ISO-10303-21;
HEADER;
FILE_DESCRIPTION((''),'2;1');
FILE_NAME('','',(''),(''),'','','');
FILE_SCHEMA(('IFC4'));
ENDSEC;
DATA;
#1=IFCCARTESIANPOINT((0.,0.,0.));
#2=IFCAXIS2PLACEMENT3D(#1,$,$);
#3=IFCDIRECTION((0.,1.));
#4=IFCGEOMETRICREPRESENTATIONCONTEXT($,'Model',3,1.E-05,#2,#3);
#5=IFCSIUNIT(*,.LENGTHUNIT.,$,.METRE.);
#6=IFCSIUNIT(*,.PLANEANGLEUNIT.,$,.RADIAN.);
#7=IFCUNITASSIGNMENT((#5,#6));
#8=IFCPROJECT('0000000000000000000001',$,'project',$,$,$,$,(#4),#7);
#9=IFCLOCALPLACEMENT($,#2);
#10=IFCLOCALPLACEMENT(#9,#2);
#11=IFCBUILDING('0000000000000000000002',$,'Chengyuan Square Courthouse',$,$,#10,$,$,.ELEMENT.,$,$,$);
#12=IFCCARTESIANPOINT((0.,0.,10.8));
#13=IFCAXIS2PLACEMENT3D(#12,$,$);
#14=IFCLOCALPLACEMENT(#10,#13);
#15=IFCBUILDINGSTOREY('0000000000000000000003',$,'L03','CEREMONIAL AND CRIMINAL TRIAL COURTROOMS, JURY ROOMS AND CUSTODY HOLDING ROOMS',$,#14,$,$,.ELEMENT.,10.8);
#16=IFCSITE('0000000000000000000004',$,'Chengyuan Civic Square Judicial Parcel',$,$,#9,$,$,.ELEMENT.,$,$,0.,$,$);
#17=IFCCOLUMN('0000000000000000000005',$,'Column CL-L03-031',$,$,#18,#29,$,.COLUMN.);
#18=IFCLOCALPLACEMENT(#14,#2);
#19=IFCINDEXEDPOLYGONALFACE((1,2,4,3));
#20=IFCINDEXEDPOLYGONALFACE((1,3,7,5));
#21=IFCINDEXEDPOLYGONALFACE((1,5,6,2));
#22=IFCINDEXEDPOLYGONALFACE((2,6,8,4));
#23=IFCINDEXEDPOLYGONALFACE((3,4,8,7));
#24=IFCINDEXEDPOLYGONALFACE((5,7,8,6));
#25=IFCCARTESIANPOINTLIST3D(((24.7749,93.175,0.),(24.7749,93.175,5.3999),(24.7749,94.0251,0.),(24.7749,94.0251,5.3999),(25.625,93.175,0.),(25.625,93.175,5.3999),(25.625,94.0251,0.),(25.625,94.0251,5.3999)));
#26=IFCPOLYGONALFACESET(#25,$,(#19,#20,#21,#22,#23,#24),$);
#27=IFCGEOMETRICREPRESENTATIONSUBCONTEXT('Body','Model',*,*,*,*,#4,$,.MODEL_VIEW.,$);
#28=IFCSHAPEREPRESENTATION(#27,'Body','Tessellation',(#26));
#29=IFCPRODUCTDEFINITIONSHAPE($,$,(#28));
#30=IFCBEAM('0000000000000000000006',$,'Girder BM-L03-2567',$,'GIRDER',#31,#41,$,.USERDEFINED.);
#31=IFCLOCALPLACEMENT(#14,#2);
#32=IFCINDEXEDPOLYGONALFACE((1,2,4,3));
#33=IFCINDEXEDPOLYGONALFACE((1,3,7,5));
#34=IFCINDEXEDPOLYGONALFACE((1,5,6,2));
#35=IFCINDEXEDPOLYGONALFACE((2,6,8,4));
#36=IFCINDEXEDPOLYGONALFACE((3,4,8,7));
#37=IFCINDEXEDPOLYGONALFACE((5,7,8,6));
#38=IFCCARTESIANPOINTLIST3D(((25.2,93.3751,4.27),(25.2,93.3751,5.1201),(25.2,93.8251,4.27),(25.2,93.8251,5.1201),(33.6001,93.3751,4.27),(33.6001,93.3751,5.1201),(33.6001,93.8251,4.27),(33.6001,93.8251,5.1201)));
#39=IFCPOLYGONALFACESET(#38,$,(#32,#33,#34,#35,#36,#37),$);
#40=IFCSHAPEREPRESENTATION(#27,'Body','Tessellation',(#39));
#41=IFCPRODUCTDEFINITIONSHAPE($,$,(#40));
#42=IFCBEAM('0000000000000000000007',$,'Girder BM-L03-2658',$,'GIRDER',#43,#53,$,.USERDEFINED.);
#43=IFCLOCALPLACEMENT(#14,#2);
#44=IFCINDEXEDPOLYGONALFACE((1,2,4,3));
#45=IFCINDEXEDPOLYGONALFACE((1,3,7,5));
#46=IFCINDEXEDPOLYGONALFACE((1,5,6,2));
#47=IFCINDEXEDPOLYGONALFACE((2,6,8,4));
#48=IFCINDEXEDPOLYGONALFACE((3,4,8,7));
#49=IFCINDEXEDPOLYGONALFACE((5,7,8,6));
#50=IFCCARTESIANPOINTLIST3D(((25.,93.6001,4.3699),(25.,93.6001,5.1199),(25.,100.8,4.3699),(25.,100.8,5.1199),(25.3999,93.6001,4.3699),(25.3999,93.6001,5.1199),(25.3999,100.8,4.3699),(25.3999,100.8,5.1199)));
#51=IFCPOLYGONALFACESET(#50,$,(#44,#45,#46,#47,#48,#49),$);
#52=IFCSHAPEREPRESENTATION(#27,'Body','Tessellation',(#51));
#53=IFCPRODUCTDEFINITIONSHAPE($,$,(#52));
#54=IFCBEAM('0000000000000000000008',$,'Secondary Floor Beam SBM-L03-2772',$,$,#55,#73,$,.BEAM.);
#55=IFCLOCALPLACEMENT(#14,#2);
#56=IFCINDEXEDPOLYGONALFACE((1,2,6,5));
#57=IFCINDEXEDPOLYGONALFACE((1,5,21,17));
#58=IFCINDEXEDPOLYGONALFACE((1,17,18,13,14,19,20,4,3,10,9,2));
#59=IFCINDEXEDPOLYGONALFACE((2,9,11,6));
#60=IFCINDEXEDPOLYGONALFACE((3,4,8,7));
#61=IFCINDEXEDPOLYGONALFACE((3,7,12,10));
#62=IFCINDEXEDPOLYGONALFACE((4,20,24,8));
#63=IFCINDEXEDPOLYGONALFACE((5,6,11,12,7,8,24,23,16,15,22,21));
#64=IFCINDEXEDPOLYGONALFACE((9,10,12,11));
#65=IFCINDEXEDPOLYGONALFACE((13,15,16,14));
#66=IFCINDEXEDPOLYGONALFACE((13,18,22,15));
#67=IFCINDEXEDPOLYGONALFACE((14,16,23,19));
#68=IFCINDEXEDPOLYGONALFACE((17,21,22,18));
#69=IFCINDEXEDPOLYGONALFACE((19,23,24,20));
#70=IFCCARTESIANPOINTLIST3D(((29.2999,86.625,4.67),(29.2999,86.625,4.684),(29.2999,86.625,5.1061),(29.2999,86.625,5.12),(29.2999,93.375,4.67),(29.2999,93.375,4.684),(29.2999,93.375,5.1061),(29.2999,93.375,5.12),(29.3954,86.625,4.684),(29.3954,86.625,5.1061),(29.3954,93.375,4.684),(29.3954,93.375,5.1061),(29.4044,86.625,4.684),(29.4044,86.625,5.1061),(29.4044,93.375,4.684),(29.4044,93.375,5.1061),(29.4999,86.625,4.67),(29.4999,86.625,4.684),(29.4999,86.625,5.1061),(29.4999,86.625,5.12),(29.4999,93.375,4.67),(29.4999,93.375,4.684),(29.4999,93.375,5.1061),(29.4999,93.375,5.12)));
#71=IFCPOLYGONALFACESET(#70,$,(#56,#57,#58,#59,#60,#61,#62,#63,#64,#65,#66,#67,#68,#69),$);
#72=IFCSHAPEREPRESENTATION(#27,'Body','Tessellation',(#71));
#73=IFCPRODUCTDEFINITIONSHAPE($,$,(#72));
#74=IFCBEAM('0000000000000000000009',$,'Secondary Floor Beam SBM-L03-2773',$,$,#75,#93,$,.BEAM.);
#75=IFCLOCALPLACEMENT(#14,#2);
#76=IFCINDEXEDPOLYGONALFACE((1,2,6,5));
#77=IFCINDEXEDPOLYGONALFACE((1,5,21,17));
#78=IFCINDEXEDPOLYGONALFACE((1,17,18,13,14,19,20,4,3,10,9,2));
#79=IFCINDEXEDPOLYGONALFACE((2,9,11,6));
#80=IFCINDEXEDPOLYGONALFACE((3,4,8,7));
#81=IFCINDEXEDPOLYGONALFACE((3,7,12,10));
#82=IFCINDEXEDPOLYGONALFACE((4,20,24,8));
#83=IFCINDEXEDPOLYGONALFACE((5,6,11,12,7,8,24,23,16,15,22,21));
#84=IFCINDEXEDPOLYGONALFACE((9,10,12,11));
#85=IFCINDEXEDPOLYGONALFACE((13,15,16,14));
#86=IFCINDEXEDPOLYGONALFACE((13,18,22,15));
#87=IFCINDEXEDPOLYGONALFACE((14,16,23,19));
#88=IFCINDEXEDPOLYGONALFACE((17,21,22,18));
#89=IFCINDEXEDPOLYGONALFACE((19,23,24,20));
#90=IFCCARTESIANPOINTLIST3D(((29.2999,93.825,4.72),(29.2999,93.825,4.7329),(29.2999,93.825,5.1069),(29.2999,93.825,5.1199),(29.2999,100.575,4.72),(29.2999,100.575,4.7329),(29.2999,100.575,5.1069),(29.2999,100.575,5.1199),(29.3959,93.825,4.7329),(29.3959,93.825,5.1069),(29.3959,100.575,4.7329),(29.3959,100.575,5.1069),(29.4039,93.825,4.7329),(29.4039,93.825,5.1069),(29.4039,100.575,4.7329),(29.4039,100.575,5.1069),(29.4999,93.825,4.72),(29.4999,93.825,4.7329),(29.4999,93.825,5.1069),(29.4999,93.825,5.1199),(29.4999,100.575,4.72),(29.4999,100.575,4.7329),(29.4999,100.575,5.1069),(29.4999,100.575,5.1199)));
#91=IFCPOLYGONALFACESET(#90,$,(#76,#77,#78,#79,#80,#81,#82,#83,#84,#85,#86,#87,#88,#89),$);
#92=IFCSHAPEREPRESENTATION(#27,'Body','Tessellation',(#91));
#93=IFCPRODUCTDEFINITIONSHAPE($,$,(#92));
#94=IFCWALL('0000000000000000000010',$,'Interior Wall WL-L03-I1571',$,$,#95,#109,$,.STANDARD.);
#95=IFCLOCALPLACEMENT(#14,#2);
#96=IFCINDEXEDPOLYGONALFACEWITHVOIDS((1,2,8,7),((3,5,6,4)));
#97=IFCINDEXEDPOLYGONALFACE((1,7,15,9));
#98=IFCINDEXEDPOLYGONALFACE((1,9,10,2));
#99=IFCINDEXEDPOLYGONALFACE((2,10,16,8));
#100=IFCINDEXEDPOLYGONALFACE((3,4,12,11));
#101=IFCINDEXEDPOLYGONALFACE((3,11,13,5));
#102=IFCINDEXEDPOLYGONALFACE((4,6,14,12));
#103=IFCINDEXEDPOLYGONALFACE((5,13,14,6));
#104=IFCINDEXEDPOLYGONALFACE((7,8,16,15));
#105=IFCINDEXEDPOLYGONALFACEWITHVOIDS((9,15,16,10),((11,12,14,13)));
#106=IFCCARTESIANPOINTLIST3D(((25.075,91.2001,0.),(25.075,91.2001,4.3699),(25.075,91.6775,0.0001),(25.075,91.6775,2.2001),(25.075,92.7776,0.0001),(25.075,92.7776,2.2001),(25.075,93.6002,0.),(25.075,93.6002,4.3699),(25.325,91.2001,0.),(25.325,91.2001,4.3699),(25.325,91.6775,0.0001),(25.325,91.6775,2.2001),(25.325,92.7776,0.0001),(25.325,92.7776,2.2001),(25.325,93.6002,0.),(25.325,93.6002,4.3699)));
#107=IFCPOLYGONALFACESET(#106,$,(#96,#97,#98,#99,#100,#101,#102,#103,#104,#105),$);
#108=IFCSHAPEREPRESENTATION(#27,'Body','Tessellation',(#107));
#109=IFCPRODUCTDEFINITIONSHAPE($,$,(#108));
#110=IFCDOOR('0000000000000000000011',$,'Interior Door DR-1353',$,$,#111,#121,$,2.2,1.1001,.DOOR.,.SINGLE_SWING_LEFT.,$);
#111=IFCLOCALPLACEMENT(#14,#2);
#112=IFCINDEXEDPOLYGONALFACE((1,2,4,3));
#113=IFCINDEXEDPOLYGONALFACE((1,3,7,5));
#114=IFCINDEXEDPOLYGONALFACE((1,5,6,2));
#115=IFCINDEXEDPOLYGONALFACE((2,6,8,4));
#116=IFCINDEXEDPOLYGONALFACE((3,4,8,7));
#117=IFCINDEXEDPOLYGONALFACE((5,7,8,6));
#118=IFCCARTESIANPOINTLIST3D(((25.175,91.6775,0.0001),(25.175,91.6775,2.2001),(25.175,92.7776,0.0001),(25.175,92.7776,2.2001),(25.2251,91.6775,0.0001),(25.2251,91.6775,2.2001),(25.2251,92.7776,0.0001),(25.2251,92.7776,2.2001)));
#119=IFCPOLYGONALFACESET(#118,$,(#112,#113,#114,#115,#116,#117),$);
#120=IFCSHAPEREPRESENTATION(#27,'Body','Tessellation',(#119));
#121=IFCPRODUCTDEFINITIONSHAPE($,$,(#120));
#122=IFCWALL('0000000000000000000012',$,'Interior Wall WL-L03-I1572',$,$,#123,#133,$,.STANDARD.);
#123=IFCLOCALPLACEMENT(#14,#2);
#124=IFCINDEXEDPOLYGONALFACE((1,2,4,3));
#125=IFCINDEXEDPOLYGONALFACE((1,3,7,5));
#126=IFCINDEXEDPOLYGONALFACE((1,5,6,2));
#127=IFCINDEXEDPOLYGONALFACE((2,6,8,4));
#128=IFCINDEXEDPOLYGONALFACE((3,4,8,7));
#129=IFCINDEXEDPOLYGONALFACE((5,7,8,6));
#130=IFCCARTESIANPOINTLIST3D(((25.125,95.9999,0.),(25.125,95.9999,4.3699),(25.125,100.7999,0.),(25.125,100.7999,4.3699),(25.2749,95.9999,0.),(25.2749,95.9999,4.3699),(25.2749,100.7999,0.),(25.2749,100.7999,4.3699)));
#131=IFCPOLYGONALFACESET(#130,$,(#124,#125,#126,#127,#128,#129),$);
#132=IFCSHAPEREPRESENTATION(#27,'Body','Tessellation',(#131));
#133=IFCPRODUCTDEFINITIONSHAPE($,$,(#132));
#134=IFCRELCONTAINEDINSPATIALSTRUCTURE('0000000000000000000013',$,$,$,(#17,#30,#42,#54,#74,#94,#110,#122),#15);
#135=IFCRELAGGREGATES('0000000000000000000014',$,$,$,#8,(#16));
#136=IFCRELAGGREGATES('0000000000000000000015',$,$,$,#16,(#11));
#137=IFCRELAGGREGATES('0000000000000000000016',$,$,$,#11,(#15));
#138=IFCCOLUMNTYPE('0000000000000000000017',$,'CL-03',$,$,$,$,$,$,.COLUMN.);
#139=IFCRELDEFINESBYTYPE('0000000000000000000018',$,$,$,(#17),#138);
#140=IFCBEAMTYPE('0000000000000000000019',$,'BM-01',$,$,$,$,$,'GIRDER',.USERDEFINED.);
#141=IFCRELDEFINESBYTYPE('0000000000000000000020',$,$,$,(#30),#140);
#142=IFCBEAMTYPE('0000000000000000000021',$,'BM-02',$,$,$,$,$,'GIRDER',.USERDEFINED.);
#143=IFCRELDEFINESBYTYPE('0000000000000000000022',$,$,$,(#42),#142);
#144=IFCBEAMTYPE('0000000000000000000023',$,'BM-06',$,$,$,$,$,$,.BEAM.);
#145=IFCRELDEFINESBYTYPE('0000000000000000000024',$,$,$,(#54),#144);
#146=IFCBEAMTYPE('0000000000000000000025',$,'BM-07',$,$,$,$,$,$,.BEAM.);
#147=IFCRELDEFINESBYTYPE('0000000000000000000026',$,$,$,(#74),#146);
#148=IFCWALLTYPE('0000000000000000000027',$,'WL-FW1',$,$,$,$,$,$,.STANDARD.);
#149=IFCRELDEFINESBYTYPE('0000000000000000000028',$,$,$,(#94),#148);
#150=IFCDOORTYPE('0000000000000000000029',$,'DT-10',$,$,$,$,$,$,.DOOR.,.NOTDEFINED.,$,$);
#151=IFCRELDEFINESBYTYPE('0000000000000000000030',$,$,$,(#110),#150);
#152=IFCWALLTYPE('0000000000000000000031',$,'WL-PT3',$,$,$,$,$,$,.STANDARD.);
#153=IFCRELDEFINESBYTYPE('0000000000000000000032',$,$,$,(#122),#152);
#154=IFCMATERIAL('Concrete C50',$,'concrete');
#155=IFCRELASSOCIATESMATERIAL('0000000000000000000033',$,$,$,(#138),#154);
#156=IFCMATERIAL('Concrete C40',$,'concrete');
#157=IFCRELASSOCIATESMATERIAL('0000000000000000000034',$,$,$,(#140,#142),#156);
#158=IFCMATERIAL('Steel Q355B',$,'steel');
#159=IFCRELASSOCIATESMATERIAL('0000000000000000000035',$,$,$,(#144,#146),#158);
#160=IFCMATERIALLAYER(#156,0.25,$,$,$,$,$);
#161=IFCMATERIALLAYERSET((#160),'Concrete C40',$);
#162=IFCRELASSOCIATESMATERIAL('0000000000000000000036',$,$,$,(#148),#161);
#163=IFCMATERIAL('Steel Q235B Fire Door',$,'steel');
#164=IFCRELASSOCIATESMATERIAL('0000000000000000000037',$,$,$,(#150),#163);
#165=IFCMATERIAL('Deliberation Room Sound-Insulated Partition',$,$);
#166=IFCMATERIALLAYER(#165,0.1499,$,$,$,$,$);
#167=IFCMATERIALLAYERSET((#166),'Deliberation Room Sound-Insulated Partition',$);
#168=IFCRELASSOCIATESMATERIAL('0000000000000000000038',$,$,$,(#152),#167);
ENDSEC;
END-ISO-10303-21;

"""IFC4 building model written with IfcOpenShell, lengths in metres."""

from ifc_helpers import new_model, si_unit, direction, frame, frame_2d, origin, origin_2d, place, context, subcontext, project, spatial, rectangle, i_section, extrude, material, layer, layer_set, material_profile, profile_set, type_object, element, fill, save


model = new_model("IFC4")

# Units and contexts
model_context = context("Model", 3, precision=1e-05, world=origin(), true_north=direction((0.0, 1.0)))
body_context = subcontext(model_context, "Body", "Model", "MODEL_VIEW")
ifc_project = project(units=[si_unit("LENGTHUNIT", "METRE"), si_unit("PLANEANGLEUNIT", "RADIAN")], contexts=[model_context])

# Site, building, storey
site_placement = place(None, origin())
site = spatial("IfcSite", under=ifc_project, at=site_placement, Name="Chengyuan Civic Square Judicial Parcel", CompositionType="ELEMENT", RefElevation=0.0)
building_placement = place(site_placement, origin())
building = spatial("IfcBuilding", under=site, at=building_placement, Name="Chengyuan Square Courthouse", CompositionType="ELEMENT")
storey_placement = place(building_placement, frame((0.0, 0.0, 10.8)))
storey = spatial("IfcBuildingStorey", under=building, at=storey_placement, Name="L03", Description="CEREMONIAL AND CRIMINAL TRIAL COURTROOMS, JURY ROOMS AND CUSTODY HOLDING ROOMS", CompositionType="ELEMENT", Elevation=10.8)

# Column
ifc_material_1 = material(Name="Concrete C50", Category="concrete")
ifc_material_profile_1 = material_profile(ifc_material_1, rectangle(XDim=0.8501, YDim=0.8501, at=origin_2d()), Name="RC-COL-850x850")
ifc_profile_set_1 = profile_set([ifc_material_profile_1], Name="Concrete C50")
column_type = type_object("IfcColumnType", Name="CL-03", PredefinedType="COLUMN", material=ifc_profile_set_1)
column_placement = place(storey_placement, frame((25.2, 93.6001, 0.0), z_axis=(0.0, 0.0, 1.0), x_axis=(1.0, 0.0, 0.0)))
element("IfcColumn", 1, at=column_placement, inside=storey, type_object=column_type, Name="Column CL-L03-031", PredefinedType="COLUMN", context=body_context, shape_type="SweptSolid", body=[
    extrude(rectangle(XDim=0.8501, YDim=0.8501, at=origin_2d()), origin(), (0.0, 0.0, 1.0), 5.3999),
])

# Beams
ifc_material_2 = material(Name="Concrete C40", Category="concrete")
ifc_material_profile_2 = material_profile(ifc_material_2, rectangle(XDim=0.45, YDim=0.8501, at=origin_2d()), Name="RC-BM-450x850")
ifc_profile_set_2 = profile_set([ifc_material_profile_2], Name="Concrete C40")
beam_type_1 = type_object("IfcBeamType", Name="BM-01", ElementType="GIRDER", PredefinedType="USERDEFINED", material=ifc_profile_set_2)
beam_1_placement = place(storey_placement, frame((25.2, 93.6001, 4.6951), z_axis=(1.0, 0.0, 0.0), x_axis=(0.0, 1.0, 0.0)))
element("IfcBeam", 2, at=beam_1_placement, inside=storey, type_object=beam_type_1, Name="Girder BM-L03-2567", ObjectType="GIRDER", PredefinedType="USERDEFINED", context=body_context, shape_type="SweptSolid", body=[
    extrude(rectangle(XDim=0.45, YDim=0.8501, at=origin_2d()), origin(), (0.0, 0.0, 1.0), 8.4001),
])
ifc_material_profile_3 = material_profile(ifc_material_2, rectangle(XDim=0.3999, YDim=0.75, at=origin_2d()), Name="RC-BM-400x750")
ifc_profile_set_3 = profile_set([ifc_material_profile_3], Name="Concrete C40")
beam_type_2 = type_object("IfcBeamType", Name="BM-02", ElementType="GIRDER", PredefinedType="USERDEFINED", material=ifc_profile_set_3)
beam_2_placement = place(storey_placement, frame((25.2, 93.6001, 4.7449), z_axis=(0.0, 1.0, 0.0), x_axis=(-1.0, 0.0, 0.0)))
element("IfcBeam", 3, at=beam_2_placement, inside=storey, type_object=beam_type_2, Name="Girder BM-L03-2658", ObjectType="GIRDER", PredefinedType="USERDEFINED", context=body_context, shape_type="SweptSolid", body=[
    extrude(rectangle(XDim=0.3999, YDim=0.75, at=origin_2d()), origin(), (0.0, 0.0, 1.0), 7.2),
])
ifc_material_3 = material(Name="Steel Q355B", Category="steel")
ifc_material_profile_4 = material_profile(ifc_material_3, i_section(OverallWidth=0.2, OverallDepth=0.45, WebThickness=0.009, FlangeThickness=0.0139, at=origin_2d()), Name="HN 450x200x9x14")
ifc_profile_set_4 = profile_set([ifc_material_profile_4], Name="Steel Q355B")
beam_type_3 = type_object("IfcBeamType", Name="BM-06", PredefinedType="BEAM", material=ifc_profile_set_4)
beam_3_placement = place(storey_placement, frame((29.3999, 86.625, 4.895), z_axis=(0.0, 1.0, 0.0), x_axis=(-1.0, 0.0, 0.0)))
element("IfcBeam", 4, at=beam_3_placement, inside=storey, type_object=beam_type_3, Name="Secondary Floor Beam SBM-L03-2772", PredefinedType="BEAM", context=body_context, shape_type="SweptSolid", body=[
    extrude(i_section(OverallWidth=0.2, OverallDepth=0.45, WebThickness=0.009, FlangeThickness=0.0139, at=origin_2d()), origin(), (0.0, 0.0, 1.0), 6.75),
])
ifc_material_profile_5 = material_profile(ifc_material_3, i_section(OverallWidth=0.2, OverallDepth=0.3999, WebThickness=0.0081, FlangeThickness=0.0129, at=origin_2d()), Name="HN 400x200x8x13")
ifc_profile_set_5 = profile_set([ifc_material_profile_5], Name="Steel Q355B")
beam_type_4 = type_object("IfcBeamType", Name="BM-07", PredefinedType="BEAM", material=ifc_profile_set_5)
beam_4_placement = place(storey_placement, frame((29.3999, 93.825, 4.9199), z_axis=(0.0, 1.0, 0.0), x_axis=(-1.0, 0.0, 0.0)))
element("IfcBeam", 5, at=beam_4_placement, inside=storey, type_object=beam_type_4, Name="Secondary Floor Beam SBM-L03-2773", PredefinedType="BEAM", context=body_context, shape_type="SweptSolid", body=[
    extrude(i_section(OverallWidth=0.2, OverallDepth=0.3999, WebThickness=0.0081, FlangeThickness=0.0129, at=origin_2d()), origin(), (0.0, 0.0, 1.0), 6.75),
])

# Wall, opening, door
ifc_layer_1 = layer(ifc_material_2, 0.25)
ifc_layer_set_1 = layer_set([ifc_layer_1], Name="Concrete C40")
wall_type_1 = type_object("IfcWallType", Name="WL-FW1", PredefinedType="STANDARD", material=ifc_layer_set_1)
wall_1_placement = place(storey_placement, frame((25.2, 91.2, 0.0), z_axis=(0.0, 0.0, 1.0), x_axis=(0.0, 1.0, 0.0)))
wall_1 = element("IfcWall", 6, at=wall_1_placement, inside=storey, type_object=wall_type_1, Name="Interior Wall WL-L03-I1571", PredefinedType="STANDARD", context=body_context, shape_type="SweptSolid", body=[
    extrude(rectangle(XDim=2.4001, YDim=0.25, at=frame_2d((1.2002, 0.0))), origin(), (0.0, 0.0, 1.0), 4.3699),
])
opening_1_placement = place(wall_1_placement, frame((0.4775, 0.0, 0.0)))
opening_1 = element("IfcOpeningElement", 7, at=opening_1_placement, cuts=wall_1, PredefinedType="OPENING", context=body_context, shape_type="SweptSolid", body=[
    extrude(rectangle(XDim=1.1001, YDim=2.2, at=frame_2d((0.55, 1.1001))), frame((0.0, 0.137, 0.0), z_axis=(0.0, -1.0, 0.0), x_axis=(1.0, 0.0, 0.0)), (0.0, 0.0, 1.0), 0.2739),
])
ifc_material_4 = material(Name="Steel Q235B Fire Door", Category="steel")
door_type_1 = type_object("IfcDoorType", Name="DT-10", OperationType="NOTDEFINED", PredefinedType="DOOR", material=ifc_material_4)
door_1_placement = place(opening_1_placement, origin())
door_1 = element("IfcDoor", 8, at=door_1_placement, inside=storey, type_object=door_type_1, Name="Interior Door DR-1353", OperationType="SINGLE_SWING_LEFT", OverallHeight=2.2, OverallWidth=1.1001, PredefinedType="DOOR", context=body_context, shape_type="SweptSolid", body=[
    extrude(rectangle(XDim=1.1001, YDim=2.2, at=frame_2d((0.55, 1.1001))), frame((0.0, 0.0249, 0.0), z_axis=(0.0, -1.0, 0.0), x_axis=(1.0, 0.0, 0.0)), (0.0, 0.0, 1.0), 0.05),
])
fill(opening_1, door_1)

# Wall
ifc_material_5 = material(Name="Deliberation Room Sound-Insulated Partition")
ifc_layer_2 = layer(ifc_material_5, 0.1499)
ifc_layer_set_2 = layer_set([ifc_layer_2], Name="Deliberation Room Sound-Insulated Partition")
wall_type_2 = type_object("IfcWallType", Name="WL-PT3", PredefinedType="STANDARD", material=ifc_layer_set_2)
wall_2_placement = place(storey_placement, frame((25.2, 96.0, 0.0), z_axis=(0.0, 0.0, 1.0), x_axis=(0.0, 1.0, 0.0)))
element("IfcWall", 9, at=wall_2_placement, inside=storey, type_object=wall_type_2, Name="Interior Wall WL-L03-I1572", PredefinedType="STANDARD", context=body_context, shape_type="SweptSolid", body=[
    extrude(rectangle(XDim=4.8, YDim=0.1499, at=frame_2d((2.3999, 0.0))), origin(), (0.0, 0.0, 1.0), 4.3699),
])

save(model, "model.ifc")
